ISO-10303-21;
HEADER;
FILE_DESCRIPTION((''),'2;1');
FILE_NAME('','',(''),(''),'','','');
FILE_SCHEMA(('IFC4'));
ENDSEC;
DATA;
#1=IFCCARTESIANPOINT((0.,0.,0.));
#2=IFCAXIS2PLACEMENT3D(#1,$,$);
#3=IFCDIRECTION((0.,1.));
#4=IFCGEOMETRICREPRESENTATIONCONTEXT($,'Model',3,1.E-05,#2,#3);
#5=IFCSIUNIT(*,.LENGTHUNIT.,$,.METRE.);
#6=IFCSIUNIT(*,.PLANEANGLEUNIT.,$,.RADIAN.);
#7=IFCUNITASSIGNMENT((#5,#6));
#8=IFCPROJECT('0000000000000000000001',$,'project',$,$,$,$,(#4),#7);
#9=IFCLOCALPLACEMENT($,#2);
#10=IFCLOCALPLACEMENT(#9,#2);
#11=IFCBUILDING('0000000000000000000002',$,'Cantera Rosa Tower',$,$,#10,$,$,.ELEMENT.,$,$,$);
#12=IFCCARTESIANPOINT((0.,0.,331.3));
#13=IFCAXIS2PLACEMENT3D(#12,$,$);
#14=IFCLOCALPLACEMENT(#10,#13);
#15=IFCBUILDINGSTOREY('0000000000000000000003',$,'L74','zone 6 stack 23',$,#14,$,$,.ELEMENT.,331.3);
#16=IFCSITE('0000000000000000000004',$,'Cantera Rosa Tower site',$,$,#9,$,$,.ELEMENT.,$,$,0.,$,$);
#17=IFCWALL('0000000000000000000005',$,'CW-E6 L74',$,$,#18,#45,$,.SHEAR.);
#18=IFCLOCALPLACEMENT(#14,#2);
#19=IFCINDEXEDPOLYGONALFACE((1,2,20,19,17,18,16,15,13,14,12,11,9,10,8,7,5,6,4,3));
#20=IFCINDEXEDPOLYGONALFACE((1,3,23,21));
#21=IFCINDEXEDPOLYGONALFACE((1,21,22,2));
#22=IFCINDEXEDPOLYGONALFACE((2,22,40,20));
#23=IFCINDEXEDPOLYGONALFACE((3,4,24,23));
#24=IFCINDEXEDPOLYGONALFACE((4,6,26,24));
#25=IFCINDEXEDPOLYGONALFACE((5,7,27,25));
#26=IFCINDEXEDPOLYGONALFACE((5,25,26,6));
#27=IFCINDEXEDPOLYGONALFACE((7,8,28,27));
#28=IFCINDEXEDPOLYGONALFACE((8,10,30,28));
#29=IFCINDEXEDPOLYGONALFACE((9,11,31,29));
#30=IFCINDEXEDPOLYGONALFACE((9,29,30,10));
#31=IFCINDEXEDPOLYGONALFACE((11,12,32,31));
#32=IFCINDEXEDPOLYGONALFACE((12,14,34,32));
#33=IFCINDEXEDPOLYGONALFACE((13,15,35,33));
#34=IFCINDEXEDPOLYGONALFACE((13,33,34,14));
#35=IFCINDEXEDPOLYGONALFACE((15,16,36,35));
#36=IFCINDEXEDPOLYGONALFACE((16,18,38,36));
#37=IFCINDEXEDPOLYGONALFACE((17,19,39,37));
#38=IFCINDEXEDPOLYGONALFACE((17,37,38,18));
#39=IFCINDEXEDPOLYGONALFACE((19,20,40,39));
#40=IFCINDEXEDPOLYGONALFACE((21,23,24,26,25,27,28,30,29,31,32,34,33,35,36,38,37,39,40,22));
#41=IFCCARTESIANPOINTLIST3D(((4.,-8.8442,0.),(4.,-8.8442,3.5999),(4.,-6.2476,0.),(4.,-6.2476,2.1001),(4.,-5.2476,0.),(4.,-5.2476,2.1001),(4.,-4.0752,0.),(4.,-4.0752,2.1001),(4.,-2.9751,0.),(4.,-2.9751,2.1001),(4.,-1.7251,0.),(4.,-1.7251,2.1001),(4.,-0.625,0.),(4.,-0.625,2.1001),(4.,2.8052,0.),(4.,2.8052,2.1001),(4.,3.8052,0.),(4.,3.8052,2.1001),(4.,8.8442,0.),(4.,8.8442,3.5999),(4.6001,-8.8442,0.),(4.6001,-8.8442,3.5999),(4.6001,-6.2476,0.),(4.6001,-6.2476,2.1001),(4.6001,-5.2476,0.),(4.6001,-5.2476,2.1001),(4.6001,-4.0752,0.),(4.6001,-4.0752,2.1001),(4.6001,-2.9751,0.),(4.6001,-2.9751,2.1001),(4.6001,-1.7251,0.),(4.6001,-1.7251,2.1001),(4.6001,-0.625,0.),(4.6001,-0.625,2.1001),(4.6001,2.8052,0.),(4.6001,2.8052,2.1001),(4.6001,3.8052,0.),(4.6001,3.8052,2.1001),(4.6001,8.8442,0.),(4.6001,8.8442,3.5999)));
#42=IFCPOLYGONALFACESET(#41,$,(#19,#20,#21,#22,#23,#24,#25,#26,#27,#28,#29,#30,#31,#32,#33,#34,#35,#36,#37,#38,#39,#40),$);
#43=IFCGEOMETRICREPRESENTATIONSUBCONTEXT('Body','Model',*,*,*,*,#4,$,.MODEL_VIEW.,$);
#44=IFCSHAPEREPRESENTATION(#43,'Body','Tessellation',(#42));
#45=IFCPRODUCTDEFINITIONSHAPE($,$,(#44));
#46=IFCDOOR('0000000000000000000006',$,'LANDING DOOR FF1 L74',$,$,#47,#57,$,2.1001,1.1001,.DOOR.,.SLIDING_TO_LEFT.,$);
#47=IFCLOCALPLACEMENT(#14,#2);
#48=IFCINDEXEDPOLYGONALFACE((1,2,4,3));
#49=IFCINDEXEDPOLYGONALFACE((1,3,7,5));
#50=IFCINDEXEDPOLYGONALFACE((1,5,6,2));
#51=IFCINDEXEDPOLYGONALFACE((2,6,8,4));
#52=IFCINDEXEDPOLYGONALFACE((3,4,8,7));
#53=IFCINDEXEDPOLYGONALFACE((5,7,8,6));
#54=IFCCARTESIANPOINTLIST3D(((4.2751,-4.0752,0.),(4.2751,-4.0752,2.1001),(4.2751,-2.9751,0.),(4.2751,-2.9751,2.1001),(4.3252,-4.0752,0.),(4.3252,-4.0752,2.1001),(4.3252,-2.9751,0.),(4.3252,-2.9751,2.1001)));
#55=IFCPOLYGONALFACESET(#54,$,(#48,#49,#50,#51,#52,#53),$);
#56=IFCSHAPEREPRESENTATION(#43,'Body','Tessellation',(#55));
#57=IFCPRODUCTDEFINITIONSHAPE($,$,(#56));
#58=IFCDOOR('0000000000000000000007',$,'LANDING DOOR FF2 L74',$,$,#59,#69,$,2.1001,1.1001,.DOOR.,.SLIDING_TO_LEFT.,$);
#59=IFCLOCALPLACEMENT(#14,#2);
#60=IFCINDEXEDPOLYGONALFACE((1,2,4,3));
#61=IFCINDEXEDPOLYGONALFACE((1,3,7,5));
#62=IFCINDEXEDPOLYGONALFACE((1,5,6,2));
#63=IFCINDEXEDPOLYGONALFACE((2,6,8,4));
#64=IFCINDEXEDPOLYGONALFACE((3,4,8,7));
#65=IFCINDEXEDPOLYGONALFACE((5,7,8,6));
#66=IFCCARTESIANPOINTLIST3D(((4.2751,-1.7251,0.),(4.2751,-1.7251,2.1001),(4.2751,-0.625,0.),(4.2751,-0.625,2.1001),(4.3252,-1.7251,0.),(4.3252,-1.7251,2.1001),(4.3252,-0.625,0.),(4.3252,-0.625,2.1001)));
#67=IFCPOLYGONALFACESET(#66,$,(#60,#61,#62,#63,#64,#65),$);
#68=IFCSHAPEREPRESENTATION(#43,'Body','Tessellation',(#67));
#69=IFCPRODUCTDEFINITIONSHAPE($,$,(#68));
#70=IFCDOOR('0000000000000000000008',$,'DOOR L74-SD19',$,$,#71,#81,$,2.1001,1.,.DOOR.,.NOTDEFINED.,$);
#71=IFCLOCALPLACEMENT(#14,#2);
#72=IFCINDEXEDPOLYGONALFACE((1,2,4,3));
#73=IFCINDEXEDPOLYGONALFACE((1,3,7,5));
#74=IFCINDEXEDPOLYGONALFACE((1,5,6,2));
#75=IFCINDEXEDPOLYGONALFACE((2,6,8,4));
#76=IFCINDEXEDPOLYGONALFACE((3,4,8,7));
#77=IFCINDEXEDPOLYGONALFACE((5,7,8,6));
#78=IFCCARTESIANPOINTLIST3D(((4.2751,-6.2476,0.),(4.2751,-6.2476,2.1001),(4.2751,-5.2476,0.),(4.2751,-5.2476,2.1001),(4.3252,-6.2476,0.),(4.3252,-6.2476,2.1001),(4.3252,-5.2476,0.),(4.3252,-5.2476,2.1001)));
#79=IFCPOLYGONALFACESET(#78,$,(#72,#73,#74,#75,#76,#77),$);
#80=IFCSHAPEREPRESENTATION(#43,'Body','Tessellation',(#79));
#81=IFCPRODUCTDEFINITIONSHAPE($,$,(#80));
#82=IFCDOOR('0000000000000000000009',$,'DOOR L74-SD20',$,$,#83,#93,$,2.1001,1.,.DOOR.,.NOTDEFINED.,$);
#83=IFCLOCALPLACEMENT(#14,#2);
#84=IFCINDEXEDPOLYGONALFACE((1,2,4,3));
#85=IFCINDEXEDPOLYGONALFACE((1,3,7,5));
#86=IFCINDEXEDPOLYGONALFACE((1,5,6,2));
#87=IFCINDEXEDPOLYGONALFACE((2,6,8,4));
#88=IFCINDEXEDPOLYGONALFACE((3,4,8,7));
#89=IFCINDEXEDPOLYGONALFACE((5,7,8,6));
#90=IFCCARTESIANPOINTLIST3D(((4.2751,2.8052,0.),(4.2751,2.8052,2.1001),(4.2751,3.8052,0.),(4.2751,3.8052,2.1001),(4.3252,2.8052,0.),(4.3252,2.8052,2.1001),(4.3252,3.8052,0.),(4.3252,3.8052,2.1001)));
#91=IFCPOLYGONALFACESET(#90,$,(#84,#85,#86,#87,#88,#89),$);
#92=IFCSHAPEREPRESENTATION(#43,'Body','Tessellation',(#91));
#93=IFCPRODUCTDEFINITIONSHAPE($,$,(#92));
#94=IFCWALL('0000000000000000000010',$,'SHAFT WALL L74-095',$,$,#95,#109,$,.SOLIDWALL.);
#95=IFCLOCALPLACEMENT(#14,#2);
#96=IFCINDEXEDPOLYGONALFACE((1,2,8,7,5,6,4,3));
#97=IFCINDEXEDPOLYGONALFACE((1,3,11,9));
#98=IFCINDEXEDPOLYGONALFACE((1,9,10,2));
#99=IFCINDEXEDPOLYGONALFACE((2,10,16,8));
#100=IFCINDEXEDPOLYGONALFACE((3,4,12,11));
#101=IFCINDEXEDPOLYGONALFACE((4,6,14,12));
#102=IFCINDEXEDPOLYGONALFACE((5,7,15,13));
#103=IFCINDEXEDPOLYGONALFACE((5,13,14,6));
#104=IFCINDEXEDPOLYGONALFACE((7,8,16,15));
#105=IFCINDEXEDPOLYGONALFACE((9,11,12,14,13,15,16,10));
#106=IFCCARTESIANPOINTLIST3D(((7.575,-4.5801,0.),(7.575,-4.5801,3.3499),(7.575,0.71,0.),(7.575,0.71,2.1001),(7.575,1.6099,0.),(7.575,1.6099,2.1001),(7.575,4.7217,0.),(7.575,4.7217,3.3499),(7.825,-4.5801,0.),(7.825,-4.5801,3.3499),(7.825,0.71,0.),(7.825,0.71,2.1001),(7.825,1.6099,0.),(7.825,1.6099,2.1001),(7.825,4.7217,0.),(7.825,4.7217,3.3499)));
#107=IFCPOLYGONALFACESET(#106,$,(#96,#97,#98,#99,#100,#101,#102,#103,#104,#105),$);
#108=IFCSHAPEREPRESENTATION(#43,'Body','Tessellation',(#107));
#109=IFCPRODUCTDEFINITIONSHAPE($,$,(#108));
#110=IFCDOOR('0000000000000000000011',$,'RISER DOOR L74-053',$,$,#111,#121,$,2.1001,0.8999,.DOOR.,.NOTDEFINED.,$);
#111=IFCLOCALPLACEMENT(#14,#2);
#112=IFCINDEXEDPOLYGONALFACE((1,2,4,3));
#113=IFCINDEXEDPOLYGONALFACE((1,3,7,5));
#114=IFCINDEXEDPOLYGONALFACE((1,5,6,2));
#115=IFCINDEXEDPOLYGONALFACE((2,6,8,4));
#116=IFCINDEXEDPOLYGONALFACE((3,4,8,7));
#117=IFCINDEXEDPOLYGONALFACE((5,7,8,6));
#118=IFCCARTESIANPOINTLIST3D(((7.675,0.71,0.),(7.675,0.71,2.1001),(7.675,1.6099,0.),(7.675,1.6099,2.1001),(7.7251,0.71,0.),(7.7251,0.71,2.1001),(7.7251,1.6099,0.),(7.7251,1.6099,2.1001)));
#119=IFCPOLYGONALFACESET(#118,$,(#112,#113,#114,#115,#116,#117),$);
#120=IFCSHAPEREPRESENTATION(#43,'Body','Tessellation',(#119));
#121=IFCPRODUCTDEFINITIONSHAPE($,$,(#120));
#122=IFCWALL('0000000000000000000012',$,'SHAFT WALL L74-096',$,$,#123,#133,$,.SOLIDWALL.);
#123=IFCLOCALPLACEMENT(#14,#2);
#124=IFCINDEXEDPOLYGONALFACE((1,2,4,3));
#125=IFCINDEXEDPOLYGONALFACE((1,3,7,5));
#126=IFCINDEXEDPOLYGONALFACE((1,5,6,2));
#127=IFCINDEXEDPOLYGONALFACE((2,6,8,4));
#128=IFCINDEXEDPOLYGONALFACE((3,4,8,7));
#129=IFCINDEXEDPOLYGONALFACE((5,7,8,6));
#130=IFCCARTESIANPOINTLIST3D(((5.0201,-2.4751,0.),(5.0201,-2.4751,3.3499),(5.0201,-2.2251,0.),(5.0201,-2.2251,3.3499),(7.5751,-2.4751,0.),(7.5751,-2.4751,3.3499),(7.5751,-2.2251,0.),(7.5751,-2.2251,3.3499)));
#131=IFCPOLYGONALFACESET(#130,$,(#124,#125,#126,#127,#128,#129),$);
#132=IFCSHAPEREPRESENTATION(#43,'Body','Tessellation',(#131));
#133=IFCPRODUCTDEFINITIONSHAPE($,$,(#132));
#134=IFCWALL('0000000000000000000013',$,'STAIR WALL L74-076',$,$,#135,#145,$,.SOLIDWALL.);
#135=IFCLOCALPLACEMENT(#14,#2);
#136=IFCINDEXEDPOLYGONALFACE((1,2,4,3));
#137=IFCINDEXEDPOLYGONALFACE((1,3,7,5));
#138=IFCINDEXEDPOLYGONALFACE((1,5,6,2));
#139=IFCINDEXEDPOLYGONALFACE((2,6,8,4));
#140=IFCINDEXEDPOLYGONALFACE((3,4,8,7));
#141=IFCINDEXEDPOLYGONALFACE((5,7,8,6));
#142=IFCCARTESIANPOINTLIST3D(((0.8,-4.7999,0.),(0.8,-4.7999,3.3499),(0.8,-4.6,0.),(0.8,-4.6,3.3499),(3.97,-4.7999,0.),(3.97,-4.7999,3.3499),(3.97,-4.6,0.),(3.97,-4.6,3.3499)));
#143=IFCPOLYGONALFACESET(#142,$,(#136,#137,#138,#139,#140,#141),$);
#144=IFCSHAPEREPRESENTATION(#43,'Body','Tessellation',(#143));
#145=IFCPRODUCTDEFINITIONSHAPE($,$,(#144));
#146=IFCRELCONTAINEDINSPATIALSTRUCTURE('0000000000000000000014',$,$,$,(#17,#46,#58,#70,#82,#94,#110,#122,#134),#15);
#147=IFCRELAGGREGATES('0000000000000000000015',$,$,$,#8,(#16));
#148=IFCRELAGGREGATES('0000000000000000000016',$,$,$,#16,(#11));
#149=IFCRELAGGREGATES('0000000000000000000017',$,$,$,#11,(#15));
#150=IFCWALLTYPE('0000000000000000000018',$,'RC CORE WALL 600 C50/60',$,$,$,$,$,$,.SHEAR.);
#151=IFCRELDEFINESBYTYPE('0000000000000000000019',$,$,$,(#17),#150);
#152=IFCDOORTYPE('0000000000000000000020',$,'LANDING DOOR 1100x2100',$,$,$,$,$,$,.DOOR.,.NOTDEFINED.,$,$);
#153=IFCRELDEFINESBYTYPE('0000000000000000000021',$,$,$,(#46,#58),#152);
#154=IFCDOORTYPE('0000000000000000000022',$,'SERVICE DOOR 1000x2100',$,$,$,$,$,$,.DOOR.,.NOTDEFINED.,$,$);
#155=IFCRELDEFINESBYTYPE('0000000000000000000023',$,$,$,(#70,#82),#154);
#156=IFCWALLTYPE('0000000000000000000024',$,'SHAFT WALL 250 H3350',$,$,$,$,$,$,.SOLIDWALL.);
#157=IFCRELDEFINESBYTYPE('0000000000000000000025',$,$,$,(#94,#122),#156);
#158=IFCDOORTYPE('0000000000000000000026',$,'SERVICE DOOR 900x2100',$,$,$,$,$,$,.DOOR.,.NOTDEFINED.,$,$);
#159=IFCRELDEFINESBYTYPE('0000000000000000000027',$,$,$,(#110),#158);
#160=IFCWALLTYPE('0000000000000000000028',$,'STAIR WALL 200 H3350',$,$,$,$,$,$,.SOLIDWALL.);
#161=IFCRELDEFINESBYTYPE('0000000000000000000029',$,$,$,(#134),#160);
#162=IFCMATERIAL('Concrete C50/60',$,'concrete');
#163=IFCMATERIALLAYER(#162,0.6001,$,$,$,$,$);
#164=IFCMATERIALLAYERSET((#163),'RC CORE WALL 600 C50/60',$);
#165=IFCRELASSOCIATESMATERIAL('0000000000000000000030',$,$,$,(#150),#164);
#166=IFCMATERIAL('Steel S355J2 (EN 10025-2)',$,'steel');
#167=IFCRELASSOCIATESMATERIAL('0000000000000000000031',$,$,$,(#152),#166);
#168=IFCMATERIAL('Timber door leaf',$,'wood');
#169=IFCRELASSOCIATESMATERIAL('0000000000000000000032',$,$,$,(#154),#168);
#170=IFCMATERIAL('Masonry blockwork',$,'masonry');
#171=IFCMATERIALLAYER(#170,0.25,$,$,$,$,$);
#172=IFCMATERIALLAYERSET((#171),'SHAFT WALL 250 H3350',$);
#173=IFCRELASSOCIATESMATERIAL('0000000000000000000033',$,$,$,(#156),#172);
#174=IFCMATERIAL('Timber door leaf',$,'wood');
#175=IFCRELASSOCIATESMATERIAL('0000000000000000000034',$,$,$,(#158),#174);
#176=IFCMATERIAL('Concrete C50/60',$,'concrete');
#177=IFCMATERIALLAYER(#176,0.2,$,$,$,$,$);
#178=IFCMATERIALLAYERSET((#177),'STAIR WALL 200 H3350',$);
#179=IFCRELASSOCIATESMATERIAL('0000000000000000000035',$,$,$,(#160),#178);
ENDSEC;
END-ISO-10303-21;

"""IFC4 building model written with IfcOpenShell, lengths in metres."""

from ifc_helpers import new_model, si_unit, direction, frame, frame_2d, origin, place, context, subcontext, project, spatial, rectangle, extrude, material, layer, layer_set, type_object, element, fill, save


model = new_model("IFC4")

# Units and contexts
model_context = context("Model", 3, precision=1e-05, world=origin(), true_north=direction((0.0, 1.0)))
body_context = subcontext(model_context, "Body", "Model", "MODEL_VIEW")
ifc_project = project(units=[si_unit("LENGTHUNIT", "METRE"), si_unit("PLANEANGLEUNIT", "RADIAN")], contexts=[model_context])

# Site, building, storey
site_placement = place(None, origin())
site = spatial("IfcSite", under=ifc_project, at=site_placement, Name="Cantera Rosa Tower site", CompositionType="ELEMENT", RefElevation=0.0)
building_placement = place(site_placement, origin())
building = spatial("IfcBuilding", under=site, at=building_placement, Name="Cantera Rosa Tower", CompositionType="ELEMENT")
storey_placement = place(building_placement, frame((0.0, 0.0, 331.3)))
storey = spatial("IfcBuildingStorey", under=building, at=storey_placement, Name="L74", Description="zone 6 stack 23", CompositionType="ELEMENT", Elevation=331.3)

# Shared definitions
ifc_material_1 = material(Name="Concrete C50/60", Category="concrete")
ifc_layer_1 = layer(ifc_material_1, 0.6001)
ifc_layer_set_1 = layer_set([ifc_layer_1], Name="RC CORE WALL 600 C50/60")
wall_type_1 = type_object("IfcWallType", Name="RC CORE WALL 600 C50/60", PredefinedType="SHEAR", material=ifc_layer_set_1)

# Wall, openings, doors
wall_1_placement = place(storey_placement, frame((4.3, -8.8442, 0.0), z_axis=(0.0, 0.0, 1.0), x_axis=(0.0, 1.0, 0.0)))
wall_1 = element("IfcWall", 1, at=wall_1_placement, inside=storey, type_object=wall_type_1, Name="CW-E6 L74", PredefinedType="SHEAR", context=body_context, shape_type="SweptSolid", body=[
    extrude(rectangle(XDim=17.6885, YDim=0.6001, at=frame_2d((8.8442, 0.0))), origin(), (0.0, 0.0, 1.0), 3.5999),
])
opening_1_placement = place(wall_1_placement, frame((4.769, 0.0, 0.0)))
opening_1 = element("IfcOpeningElement", 2, at=opening_1_placement, cuts=wall_1, PredefinedType="OPENING", context=body_context, shape_type="SweptSolid", body=[
    extrude(rectangle(XDim=1.1001, YDim=2.1001, at=frame_2d((0.55, 1.05))), frame((0.0, 0.3101, 0.0), z_axis=(0.0, -1.0, 0.0), x_axis=(1.0, 0.0, 0.0)), (0.0, 0.0, 1.0), 0.6201),
])
opening_2_placement = place(wall_1_placement, frame((7.1191, 0.0, 0.0)))
opening_2 = element("IfcOpeningElement", 3, at=opening_2_placement, cuts=wall_1, PredefinedType="OPENING", context=body_context, shape_type="SweptSolid", body=[
    extrude(rectangle(XDim=1.1001, YDim=2.1001, at=frame_2d((0.55, 1.05))), frame((0.0, 0.3101, 0.0), z_axis=(0.0, -1.0, 0.0), x_axis=(1.0, 0.0, 0.0)), (0.0, 0.0, 1.0), 0.6201),
])
opening_3_placement = place(wall_1_placement, frame((2.5967, 0.0, 0.0)))
opening_3 = element("IfcOpeningElement", 4, at=opening_3_placement, cuts=wall_1, PredefinedType="OPENING", context=body_context, shape_type="SweptSolid", body=[
    extrude(rectangle(XDim=1.0, YDim=2.1001, at=frame_2d((0.5, 1.05))), frame((0.0, 0.3101, 0.0), z_axis=(0.0, -1.0, 0.0), x_axis=(1.0, 0.0, 0.0)), (0.0, 0.0, 1.0), 0.6201),
])
opening_4_placement = place(wall_1_placement, frame((11.6494, 0.0, 0.0)))
opening_4 = element("IfcOpeningElement", 5, at=opening_4_placement, cuts=wall_1, PredefinedType="OPENING", context=body_context, shape_type="SweptSolid", body=[
    extrude(rectangle(XDim=1.0, YDim=2.1001, at=frame_2d((0.5, 1.05))), frame((0.0, 0.3101, 0.0), z_axis=(0.0, -1.0, 0.0), x_axis=(1.0, 0.0, 0.0)), (0.0, 0.0, 1.0), 0.6201),
])
ifc_material_2 = material(Name="Steel S355J2 (EN 10025-2)", Category="steel")
door_type_1 = type_object("IfcDoorType", Name="LANDING DOOR 1100x2100", OperationType="NOTDEFINED", PredefinedType="DOOR", material=ifc_material_2)
door_1_placement = place(opening_1_placement, origin())
door_1 = element("IfcDoor", 6, at=door_1_placement, inside=storey, type_object=door_type_1, Name="LANDING DOOR FF1 L74", OperationType="SLIDING_TO_LEFT", OverallHeight=2.1001, OverallWidth=1.1001, PredefinedType="DOOR", context=body_context, shape_type="SweptSolid", body=[
    extrude(rectangle(XDim=1.1001, YDim=2.1001, at=frame_2d((0.55, 1.05))), frame((0.0, 0.0249, 0.0), z_axis=(0.0, -1.0, 0.0), x_axis=(1.0, 0.0, 0.0)), (0.0, 0.0, 1.0), 0.05),
])
fill(opening_1, door_1)
door_2_placement = place(opening_2_placement, origin())
door_2 = element("IfcDoor", 7, at=door_2_placement, inside=storey, type_object=door_type_1, Name="LANDING DOOR FF2 L74", OperationType="SLIDING_TO_LEFT", OverallHeight=2.1001, OverallWidth=1.1001, PredefinedType="DOOR", context=body_context, shape_type="SweptSolid", body=[
    extrude(rectangle(XDim=1.1001, YDim=2.1001, at=frame_2d((0.55, 1.05))), frame((0.0, 0.0249, 0.0), z_axis=(0.0, -1.0, 0.0), x_axis=(1.0, 0.0, 0.0)), (0.0, 0.0, 1.0), 0.05),
])
fill(opening_2, door_2)
ifc_material_3 = material(Name="Timber door leaf", Category="wood")
door_type_2 = type_object("IfcDoorType", Name="SERVICE DOOR 1000x2100", OperationType="NOTDEFINED", PredefinedType="DOOR", material=ifc_material_3)
door_3_placement = place(opening_3_placement, origin())
door_3 = element("IfcDoor", 8, at=door_3_placement, inside=storey, type_object=door_type_2, Name="DOOR L74-SD19", OperationType="NOTDEFINED", OverallHeight=2.1001, OverallWidth=1.0, PredefinedType="DOOR", context=body_context, shape_type="SweptSolid", body=[
    extrude(rectangle(XDim=1.0, YDim=2.1001, at=frame_2d((0.5, 1.05))), frame((0.0, 0.0249, 0.0), z_axis=(0.0, -1.0, 0.0), x_axis=(1.0, 0.0, 0.0)), (0.0, 0.0, 1.0), 0.05),
])
fill(opening_3, door_3)
door_4_placement = place(opening_4_placement, origin())
door_4 = element("IfcDoor", 9, at=door_4_placement, inside=storey, type_object=door_type_2, Name="DOOR L74-SD20", OperationType="NOTDEFINED", OverallHeight=2.1001, OverallWidth=1.0, PredefinedType="DOOR", context=body_context, shape_type="SweptSolid", body=[
    extrude(rectangle(XDim=1.0, YDim=2.1001, at=frame_2d((0.5, 1.05))), frame((0.0, 0.0249, 0.0), z_axis=(0.0, -1.0, 0.0), x_axis=(1.0, 0.0, 0.0)), (0.0, 0.0, 1.0), 0.05),
])
fill(opening_4, door_4)

# Shared definitions
ifc_material_4 = material(Name="Masonry blockwork", Category="masonry")
ifc_layer_2 = layer(ifc_material_4, 0.25)
ifc_layer_set_2 = layer_set([ifc_layer_2], Name="SHAFT WALL 250 H3350")
wall_type_2 = type_object("IfcWallType", Name="SHAFT WALL 250 H3350", PredefinedType="SOLIDWALL", material=ifc_layer_set_2)

# Wall, opening, door
wall_2_placement = place(storey_placement, frame((7.7, -4.5801, 0.0), z_axis=(0.0, 0.0, 1.0), x_axis=(0.0, 1.0, 0.0)))
wall_2 = element("IfcWall", 10, at=wall_2_placement, inside=storey, type_object=wall_type_2, Name="SHAFT WALL L74-095", PredefinedType="SOLIDWALL", context=body_context, shape_type="SweptSolid", body=[
    extrude(rectangle(XDim=9.3018, YDim=0.25, at=frame_2d((4.6509, 0.0))), origin(), (0.0, 0.0, 1.0), 3.3499),
])
opening_5_placement = place(wall_2_placement, frame((5.29, 0.0, 0.0)))
opening_5 = element("IfcOpeningElement", 11, at=opening_5_placement, cuts=wall_2, PredefinedType="OPENING", context=body_context, shape_type="SweptSolid", body=[
    extrude(rectangle(XDim=0.8999, YDim=2.1001, at=frame_2d((0.45, 1.05))), frame((0.0, 0.135, 0.0), z_axis=(0.0, -1.0, 0.0), x_axis=(1.0, 0.0, 0.0)), (0.0, 0.0, 1.0), 0.27),
])
ifc_material_5 = material(Name="Timber door leaf", Category="wood")
door_type_3 = type_object("IfcDoorType", Name="SERVICE DOOR 900x2100", OperationType="NOTDEFINED", PredefinedType="DOOR", material=ifc_material_5)
door_5_placement = place(opening_5_placement, origin())
door_5 = element("IfcDoor", 12, at=door_5_placement, inside=storey, type_object=door_type_3, Name="RISER DOOR L74-053", OperationType="NOTDEFINED", OverallHeight=2.1001, OverallWidth=0.8999, PredefinedType="DOOR", context=body_context, shape_type="SweptSolid", body=[
    extrude(rectangle(XDim=0.8999, YDim=2.1001, at=frame_2d((0.45, 1.05))), frame((0.0, 0.0249, 0.0), z_axis=(0.0, -1.0, 0.0), x_axis=(1.0, 0.0, 0.0)), (0.0, 0.0, 1.0), 0.05),
])
fill(opening_5, door_5)

# Walls
wall_3_placement = place(storey_placement, frame((7.575, -2.3501, 0.0), z_axis=(0.0, 0.0, 1.0), x_axis=(-1.0, 0.0, 0.0)))
element("IfcWall", 13, at=wall_3_placement, inside=storey, type_object=wall_type_2, Name="SHAFT WALL L74-096", PredefinedType="SOLIDWALL", context=body_context, shape_type="SweptSolid", body=[
    extrude(rectangle(XDim=2.5549, YDim=0.25, at=frame_2d((1.2773, 0.0))), origin(), (0.0, 0.0, 1.0), 3.3499),
])
ifc_material_6 = material(Name="Concrete C50/60", Category="concrete")
ifc_layer_3 = layer(ifc_material_6, 0.2)
ifc_layer_set_3 = layer_set([ifc_layer_3], Name="STAIR WALL 200 H3350")
wall_type_3 = type_object("IfcWallType", Name="STAIR WALL 200 H3350", PredefinedType="SOLIDWALL", material=ifc_layer_set_3)
wall_4_placement = place(storey_placement, frame((3.97, -4.7, 0.0), z_axis=(0.0, 0.0, 1.0), x_axis=(-1.0, 0.0, 0.0)))
element("IfcWall", 14, at=wall_4_placement, inside=storey, type_object=wall_type_3, Name="STAIR WALL L74-076", PredefinedType="SOLIDWALL", context=body_context, shape_type="SweptSolid", body=[
    extrude(rectangle(XDim=3.1699, YDim=0.2, at=frame_2d((1.585, 0.0))), origin(), (0.0, 0.0, 1.0), 3.3499),
])

save(model, "model.ifc")
